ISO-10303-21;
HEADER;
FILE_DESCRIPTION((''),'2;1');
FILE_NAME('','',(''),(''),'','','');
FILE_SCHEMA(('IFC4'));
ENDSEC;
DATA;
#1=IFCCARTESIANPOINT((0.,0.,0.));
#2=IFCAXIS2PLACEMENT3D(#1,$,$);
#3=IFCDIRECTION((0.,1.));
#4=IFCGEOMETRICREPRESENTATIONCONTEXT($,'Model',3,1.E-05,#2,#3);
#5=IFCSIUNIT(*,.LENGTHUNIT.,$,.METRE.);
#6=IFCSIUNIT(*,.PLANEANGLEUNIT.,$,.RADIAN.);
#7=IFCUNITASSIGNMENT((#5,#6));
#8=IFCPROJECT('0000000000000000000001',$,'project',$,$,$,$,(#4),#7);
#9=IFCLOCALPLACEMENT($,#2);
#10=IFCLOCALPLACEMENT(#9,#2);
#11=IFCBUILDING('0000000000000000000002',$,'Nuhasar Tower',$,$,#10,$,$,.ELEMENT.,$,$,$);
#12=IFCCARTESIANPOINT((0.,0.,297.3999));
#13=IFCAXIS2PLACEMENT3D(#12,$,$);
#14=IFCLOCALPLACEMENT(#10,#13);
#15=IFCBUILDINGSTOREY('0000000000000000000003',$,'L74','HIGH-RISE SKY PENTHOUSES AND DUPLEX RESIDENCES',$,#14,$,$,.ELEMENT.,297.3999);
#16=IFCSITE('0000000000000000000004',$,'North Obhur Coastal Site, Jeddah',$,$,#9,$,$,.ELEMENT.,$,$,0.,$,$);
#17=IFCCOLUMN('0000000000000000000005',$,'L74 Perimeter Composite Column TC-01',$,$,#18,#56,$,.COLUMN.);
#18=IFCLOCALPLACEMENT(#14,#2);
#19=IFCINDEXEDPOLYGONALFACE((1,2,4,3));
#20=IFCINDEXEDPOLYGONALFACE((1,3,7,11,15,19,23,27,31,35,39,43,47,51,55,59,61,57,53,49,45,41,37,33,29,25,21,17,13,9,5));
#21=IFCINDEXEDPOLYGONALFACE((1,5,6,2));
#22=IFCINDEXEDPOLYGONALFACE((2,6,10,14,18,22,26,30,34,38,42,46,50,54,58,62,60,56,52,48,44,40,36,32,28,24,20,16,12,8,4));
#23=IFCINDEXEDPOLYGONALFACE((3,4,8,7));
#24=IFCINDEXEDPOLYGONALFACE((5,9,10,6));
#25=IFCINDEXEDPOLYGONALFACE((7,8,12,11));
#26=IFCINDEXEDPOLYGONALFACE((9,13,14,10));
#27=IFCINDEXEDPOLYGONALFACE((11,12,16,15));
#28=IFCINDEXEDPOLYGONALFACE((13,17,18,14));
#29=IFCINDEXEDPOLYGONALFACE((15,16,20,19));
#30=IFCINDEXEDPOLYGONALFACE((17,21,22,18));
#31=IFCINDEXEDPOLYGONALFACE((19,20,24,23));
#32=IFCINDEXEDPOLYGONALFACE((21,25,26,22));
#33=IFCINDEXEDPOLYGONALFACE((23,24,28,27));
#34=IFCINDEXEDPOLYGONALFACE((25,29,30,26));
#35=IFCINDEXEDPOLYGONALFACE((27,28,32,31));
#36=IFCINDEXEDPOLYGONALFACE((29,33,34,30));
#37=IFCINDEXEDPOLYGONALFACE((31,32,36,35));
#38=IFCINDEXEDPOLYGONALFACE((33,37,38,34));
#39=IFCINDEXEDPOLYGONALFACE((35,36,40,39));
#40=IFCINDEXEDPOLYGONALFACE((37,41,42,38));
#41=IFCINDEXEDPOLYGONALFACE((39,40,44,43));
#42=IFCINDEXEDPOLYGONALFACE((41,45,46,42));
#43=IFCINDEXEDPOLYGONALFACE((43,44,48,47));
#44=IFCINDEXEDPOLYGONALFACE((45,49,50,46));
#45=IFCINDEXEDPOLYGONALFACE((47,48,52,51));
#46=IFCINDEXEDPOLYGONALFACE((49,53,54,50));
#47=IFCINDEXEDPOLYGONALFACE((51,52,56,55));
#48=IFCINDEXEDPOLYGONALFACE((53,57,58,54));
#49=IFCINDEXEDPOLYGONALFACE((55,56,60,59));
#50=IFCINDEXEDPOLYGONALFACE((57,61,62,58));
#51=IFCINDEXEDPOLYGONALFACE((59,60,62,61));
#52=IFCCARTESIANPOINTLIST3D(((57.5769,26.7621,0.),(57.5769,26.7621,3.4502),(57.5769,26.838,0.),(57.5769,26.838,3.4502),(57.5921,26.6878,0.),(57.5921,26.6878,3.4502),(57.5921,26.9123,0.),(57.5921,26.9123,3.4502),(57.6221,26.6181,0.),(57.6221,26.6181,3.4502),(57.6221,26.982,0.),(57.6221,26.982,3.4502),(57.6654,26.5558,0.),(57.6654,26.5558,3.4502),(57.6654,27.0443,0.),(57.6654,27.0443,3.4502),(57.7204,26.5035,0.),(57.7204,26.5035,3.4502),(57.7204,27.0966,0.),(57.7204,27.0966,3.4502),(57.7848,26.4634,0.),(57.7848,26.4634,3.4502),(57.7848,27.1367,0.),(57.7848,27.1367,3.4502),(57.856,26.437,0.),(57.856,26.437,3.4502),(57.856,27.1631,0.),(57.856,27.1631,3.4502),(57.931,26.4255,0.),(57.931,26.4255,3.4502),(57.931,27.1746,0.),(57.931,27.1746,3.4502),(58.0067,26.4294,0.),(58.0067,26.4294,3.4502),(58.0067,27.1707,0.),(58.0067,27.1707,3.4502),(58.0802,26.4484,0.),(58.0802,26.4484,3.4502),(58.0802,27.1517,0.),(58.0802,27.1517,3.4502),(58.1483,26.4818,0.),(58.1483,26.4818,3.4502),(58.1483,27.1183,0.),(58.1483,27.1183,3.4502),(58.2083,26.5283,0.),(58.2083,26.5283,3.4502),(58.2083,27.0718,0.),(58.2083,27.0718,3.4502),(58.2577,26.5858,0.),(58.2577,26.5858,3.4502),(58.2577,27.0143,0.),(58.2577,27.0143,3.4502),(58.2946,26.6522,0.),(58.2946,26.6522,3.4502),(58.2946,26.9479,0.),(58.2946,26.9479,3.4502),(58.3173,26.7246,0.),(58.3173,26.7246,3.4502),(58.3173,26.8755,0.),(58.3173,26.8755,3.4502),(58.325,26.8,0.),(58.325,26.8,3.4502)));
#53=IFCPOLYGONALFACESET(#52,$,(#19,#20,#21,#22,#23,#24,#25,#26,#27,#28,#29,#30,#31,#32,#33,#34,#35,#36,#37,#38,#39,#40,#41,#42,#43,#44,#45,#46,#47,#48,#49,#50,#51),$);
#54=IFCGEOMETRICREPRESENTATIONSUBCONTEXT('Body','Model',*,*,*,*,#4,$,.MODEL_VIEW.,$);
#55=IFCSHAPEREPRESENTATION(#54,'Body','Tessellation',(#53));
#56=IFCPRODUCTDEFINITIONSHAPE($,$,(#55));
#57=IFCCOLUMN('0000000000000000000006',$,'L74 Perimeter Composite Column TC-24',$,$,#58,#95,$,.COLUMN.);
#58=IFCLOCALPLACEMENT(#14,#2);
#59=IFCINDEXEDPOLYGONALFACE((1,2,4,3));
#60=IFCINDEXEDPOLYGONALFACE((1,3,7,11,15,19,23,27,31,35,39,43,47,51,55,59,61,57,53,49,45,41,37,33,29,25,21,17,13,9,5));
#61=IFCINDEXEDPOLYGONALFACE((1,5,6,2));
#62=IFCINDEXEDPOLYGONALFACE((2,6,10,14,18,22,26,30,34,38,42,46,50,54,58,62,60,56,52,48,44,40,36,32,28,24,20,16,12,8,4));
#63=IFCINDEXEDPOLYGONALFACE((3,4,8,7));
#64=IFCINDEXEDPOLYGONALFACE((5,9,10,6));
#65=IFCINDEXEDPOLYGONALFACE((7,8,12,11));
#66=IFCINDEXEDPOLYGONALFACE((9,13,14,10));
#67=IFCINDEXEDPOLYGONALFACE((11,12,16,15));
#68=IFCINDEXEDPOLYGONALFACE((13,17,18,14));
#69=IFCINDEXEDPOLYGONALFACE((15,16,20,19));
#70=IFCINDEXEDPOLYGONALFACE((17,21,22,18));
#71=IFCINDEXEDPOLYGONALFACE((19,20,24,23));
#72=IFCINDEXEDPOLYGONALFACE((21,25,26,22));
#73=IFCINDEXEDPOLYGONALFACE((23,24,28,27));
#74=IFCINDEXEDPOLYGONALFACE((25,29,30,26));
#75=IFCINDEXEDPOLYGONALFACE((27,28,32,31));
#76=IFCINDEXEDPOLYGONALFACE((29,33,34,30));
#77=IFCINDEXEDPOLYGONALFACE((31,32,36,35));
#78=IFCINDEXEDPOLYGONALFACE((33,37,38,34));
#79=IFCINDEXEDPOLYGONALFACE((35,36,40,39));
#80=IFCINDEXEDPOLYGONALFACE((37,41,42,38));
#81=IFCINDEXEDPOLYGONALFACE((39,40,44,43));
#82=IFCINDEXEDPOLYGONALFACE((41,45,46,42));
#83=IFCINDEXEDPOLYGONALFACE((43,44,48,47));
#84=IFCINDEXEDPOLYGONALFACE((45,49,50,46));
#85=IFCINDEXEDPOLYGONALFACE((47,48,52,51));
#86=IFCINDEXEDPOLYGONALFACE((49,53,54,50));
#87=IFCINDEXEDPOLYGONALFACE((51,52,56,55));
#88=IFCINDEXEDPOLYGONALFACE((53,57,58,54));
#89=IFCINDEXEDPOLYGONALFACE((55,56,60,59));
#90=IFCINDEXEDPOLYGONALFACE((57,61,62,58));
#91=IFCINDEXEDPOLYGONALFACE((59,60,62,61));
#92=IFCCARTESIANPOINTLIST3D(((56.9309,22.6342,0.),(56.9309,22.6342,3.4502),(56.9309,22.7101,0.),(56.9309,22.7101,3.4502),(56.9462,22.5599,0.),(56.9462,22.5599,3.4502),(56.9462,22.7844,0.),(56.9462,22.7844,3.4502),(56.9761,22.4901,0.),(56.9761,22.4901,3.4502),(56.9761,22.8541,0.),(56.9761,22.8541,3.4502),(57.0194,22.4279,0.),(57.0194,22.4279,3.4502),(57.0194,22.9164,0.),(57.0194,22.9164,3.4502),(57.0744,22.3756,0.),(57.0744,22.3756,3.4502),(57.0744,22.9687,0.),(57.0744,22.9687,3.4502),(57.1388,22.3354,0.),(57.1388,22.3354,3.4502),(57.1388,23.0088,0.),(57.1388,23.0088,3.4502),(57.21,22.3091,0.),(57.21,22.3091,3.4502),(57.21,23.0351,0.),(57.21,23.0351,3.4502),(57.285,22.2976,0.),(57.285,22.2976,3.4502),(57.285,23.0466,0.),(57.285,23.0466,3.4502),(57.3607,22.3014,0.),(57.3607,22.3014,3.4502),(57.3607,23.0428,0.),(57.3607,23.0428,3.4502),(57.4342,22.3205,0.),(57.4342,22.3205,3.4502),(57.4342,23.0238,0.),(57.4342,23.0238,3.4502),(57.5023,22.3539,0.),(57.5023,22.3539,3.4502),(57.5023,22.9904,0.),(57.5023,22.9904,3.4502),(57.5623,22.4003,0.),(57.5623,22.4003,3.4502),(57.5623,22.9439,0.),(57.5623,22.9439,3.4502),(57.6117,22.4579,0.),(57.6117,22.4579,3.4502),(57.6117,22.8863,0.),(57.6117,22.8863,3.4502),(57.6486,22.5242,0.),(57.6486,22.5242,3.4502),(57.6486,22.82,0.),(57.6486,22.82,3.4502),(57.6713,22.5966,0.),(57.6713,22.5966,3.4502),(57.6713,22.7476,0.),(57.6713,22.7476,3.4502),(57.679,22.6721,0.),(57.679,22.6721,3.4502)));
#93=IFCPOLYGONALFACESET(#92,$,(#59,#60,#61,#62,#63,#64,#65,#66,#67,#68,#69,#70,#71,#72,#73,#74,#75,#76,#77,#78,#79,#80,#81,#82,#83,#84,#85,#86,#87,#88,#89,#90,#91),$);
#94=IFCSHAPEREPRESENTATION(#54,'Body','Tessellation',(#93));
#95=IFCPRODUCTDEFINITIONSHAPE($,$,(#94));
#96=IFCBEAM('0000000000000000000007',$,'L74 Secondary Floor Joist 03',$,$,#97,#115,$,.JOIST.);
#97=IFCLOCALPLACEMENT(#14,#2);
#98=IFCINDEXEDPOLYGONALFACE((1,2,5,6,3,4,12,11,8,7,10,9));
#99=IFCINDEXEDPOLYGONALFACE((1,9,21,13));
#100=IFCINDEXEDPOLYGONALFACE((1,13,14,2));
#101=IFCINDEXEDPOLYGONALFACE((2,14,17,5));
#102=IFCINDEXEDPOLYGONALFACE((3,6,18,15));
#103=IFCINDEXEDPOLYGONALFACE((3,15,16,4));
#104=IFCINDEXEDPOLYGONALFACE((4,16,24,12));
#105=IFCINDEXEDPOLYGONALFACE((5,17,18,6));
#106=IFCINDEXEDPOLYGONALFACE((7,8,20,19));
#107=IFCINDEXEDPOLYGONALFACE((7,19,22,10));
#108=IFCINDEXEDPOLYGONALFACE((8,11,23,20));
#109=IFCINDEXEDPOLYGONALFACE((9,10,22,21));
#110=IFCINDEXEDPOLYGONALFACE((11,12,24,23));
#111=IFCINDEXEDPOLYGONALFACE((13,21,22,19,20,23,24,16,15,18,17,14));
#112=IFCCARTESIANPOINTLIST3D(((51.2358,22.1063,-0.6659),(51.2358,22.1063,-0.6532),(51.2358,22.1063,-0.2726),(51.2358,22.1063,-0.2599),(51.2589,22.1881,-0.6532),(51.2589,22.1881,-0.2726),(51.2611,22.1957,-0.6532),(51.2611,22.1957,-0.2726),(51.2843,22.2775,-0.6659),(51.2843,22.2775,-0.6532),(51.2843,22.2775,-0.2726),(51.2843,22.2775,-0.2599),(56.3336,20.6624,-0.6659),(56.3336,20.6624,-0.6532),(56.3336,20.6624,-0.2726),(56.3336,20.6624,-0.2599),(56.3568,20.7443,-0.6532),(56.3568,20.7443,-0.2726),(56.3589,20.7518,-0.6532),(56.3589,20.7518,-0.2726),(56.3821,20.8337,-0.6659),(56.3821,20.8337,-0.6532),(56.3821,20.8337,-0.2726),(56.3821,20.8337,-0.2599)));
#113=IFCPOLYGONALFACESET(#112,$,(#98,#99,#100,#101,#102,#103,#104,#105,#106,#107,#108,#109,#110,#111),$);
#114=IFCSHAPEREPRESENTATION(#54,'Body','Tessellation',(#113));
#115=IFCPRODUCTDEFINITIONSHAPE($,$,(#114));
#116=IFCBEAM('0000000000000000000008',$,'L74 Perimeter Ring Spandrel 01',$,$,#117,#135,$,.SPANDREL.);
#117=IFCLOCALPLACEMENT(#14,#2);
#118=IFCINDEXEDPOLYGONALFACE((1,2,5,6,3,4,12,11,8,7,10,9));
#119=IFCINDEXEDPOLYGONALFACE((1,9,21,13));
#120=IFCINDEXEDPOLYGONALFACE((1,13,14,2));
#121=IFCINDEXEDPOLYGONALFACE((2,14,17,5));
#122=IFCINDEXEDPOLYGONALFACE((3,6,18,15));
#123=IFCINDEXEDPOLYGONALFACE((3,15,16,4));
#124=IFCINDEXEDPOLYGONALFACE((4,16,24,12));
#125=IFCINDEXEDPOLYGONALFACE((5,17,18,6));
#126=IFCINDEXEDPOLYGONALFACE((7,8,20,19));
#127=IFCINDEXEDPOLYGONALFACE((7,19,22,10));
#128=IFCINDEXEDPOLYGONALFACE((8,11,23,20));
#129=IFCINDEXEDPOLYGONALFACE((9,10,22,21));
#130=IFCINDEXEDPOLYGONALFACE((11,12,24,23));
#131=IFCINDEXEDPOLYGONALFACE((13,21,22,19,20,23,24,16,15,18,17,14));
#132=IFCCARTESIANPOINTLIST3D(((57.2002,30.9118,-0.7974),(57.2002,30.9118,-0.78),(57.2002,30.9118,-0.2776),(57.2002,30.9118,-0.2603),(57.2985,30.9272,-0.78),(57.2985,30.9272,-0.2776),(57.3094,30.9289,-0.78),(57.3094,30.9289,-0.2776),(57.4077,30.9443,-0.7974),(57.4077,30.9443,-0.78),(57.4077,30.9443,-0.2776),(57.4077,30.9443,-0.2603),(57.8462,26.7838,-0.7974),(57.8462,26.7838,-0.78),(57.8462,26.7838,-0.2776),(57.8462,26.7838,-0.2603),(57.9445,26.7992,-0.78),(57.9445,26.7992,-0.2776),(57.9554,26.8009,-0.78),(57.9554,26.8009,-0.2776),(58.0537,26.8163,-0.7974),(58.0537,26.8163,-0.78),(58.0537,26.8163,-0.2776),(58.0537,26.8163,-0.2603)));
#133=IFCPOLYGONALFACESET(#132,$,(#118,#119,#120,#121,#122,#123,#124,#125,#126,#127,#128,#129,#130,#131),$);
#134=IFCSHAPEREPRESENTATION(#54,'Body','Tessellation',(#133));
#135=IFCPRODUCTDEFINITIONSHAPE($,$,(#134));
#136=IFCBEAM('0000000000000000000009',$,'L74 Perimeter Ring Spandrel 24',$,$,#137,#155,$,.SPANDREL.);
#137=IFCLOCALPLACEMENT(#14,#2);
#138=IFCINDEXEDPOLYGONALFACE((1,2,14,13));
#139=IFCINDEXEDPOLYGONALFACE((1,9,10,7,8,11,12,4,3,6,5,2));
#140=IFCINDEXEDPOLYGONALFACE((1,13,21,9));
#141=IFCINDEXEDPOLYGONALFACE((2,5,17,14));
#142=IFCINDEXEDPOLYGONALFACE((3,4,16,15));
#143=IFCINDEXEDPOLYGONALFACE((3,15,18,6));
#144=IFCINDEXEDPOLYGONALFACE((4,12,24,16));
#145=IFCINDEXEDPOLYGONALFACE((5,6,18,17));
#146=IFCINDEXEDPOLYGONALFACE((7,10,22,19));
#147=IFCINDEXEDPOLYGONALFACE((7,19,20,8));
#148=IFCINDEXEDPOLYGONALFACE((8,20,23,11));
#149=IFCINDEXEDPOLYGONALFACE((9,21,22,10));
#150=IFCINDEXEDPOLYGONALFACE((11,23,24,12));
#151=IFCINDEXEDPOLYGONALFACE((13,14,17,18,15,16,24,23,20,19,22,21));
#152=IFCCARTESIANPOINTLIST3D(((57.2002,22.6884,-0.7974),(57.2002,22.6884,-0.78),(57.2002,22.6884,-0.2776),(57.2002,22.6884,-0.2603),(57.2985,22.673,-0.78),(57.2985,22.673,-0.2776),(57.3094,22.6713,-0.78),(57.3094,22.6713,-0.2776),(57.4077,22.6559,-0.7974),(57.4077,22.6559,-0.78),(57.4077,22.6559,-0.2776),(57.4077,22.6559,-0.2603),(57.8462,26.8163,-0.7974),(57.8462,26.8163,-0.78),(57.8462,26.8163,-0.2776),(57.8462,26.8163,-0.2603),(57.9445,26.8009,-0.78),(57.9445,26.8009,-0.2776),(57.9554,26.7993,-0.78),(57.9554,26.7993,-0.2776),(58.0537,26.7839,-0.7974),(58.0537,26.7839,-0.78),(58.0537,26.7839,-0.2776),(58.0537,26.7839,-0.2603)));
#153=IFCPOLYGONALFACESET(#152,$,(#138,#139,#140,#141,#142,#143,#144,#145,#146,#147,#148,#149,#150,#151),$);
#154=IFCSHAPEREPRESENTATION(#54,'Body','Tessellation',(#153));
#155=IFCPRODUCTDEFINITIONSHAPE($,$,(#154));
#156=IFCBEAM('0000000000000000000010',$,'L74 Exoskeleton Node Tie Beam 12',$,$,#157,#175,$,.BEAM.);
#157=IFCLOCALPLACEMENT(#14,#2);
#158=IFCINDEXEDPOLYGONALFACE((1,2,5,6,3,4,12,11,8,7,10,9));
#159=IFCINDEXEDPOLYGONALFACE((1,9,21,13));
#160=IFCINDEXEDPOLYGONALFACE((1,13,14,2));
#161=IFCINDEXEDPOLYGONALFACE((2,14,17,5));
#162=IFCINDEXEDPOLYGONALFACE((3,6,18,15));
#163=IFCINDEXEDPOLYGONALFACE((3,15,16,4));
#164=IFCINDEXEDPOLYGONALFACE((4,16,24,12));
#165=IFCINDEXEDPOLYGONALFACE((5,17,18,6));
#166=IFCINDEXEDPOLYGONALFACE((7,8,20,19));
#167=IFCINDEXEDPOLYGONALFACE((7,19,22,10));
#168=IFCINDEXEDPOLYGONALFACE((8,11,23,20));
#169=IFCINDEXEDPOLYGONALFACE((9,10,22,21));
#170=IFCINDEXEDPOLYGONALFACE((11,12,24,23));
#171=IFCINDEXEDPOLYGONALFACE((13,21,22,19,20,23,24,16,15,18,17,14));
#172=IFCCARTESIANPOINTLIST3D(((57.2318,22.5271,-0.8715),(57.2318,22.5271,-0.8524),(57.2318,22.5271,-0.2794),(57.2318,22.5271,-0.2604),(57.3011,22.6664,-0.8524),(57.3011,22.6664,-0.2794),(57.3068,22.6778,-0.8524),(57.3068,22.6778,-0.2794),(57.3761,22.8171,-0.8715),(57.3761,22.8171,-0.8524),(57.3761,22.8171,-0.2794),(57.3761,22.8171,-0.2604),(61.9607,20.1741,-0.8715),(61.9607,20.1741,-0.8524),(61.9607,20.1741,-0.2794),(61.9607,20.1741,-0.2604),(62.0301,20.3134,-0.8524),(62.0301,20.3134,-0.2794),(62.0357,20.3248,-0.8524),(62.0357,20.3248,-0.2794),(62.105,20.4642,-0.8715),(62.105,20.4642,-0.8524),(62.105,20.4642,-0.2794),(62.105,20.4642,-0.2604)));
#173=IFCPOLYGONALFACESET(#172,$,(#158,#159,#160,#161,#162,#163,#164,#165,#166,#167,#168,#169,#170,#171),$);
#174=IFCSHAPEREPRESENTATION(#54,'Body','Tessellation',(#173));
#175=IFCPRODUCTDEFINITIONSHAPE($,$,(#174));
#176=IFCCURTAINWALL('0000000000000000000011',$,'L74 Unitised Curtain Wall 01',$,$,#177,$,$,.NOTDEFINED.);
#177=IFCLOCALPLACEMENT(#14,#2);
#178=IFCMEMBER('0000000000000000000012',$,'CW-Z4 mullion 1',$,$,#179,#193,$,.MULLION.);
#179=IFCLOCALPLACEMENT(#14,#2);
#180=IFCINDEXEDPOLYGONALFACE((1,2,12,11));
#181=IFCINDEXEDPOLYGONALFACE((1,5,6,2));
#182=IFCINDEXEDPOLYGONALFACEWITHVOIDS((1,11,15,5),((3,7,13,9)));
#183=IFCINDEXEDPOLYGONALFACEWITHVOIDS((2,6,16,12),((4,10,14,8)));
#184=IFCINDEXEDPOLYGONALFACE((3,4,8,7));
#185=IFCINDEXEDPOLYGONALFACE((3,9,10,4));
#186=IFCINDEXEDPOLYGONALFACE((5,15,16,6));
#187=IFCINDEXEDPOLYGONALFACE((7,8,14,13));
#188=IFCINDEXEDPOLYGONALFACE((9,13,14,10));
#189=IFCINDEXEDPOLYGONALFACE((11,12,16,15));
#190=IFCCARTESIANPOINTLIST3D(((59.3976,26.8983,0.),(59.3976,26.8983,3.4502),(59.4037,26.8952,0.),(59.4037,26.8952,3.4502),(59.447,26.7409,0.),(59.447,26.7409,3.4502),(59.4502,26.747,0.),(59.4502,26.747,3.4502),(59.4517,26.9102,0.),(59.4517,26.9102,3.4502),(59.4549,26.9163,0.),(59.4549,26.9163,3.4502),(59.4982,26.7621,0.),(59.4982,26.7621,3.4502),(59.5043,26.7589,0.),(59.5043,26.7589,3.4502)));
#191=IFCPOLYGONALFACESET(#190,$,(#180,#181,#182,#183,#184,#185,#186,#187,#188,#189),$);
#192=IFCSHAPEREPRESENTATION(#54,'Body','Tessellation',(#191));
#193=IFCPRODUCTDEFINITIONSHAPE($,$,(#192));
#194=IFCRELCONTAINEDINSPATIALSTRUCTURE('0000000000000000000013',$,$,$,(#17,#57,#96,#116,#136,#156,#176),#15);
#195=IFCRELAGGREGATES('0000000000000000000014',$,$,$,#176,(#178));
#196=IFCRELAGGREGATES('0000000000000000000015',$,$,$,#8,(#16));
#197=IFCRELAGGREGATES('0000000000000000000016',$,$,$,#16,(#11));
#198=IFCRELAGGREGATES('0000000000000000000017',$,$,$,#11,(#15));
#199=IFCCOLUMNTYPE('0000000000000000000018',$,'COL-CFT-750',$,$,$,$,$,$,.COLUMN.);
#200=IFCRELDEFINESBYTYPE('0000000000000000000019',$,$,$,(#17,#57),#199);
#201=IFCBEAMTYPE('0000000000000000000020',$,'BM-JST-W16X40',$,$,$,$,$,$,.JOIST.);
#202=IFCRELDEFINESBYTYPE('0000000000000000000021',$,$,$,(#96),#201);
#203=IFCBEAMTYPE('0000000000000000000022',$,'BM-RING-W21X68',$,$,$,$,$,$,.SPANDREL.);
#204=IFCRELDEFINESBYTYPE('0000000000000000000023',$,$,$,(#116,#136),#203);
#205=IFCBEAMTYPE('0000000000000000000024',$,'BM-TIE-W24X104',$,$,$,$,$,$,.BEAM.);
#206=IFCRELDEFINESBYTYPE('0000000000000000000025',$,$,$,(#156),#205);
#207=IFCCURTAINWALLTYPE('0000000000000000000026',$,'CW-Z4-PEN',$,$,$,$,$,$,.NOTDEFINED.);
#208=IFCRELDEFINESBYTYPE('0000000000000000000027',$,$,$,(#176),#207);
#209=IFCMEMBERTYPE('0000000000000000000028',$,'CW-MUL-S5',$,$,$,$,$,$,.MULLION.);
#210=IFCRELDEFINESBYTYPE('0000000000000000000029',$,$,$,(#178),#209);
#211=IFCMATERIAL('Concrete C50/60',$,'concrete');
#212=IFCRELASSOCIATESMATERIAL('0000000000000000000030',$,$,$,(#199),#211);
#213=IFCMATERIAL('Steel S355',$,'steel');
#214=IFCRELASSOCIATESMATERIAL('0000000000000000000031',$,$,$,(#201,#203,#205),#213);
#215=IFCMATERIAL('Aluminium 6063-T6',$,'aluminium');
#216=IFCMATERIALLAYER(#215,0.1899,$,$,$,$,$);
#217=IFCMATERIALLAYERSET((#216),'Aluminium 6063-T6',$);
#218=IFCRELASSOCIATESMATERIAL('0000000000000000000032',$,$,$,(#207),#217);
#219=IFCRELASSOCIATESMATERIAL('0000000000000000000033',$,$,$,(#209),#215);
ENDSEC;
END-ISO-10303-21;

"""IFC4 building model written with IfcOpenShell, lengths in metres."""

from ifc_helpers import new_model, si_unit, direction, frame, origin, origin_2d, place, context, subcontext, project, spatial, hollow_rectangle, circle, i_section, extrude, material, layer, layer_set, material_profile, profile_set, type_object, element, aggregate, save


model = new_model("IFC4")

# Units and contexts
model_context = context("Model", 3, precision=1e-05, world=origin(), true_north=direction((0.0, 1.0)))
body_context = subcontext(model_context, "Body", "Model", "MODEL_VIEW")
ifc_project = project(units=[si_unit("LENGTHUNIT", "METRE"), si_unit("PLANEANGLEUNIT", "RADIAN")], contexts=[model_context])

# Site, building, storey
site_placement = place(None, origin())
site = spatial("IfcSite", under=ifc_project, at=site_placement, Name="North Obhur Coastal Site, Jeddah", CompositionType="ELEMENT", RefElevation=0.0)
building_placement = place(site_placement, origin())
building = spatial("IfcBuilding", under=site, at=building_placement, Name="Nuhasar Tower", CompositionType="ELEMENT")
storey_placement = place(building_placement, frame((0.0, 0.0, 297.3999)))
storey = spatial("IfcBuildingStorey", under=building, at=storey_placement, Name="L74", Description="HIGH-RISE SKY PENTHOUSES AND DUPLEX RESIDENCES", CompositionType="ELEMENT", Elevation=297.3999)

# Columns
ifc_material_1 = material(Name="Concrete C50/60", Category="concrete")
ifc_material_profile_1 = material_profile(ifc_material_1, circle(Radius=0.375, at=origin_2d()), Name="CFT750")
ifc_profile_set_1 = profile_set([ifc_material_profile_1], Name="Concrete C50/60")
column_type = type_object("IfcColumnType", Name="COL-CFT-750", PredefinedType="COLUMN", material=ifc_profile_set_1)
for number, where, z_axis, x_axis, name in (
    (1, (57.95, 26.8, 0.0), (0.0, 0.0, 1.0), (1.0, 0.0, 0.0), "L74 Perimeter Composite Column TC-01"),
    (2, (57.304, 22.6721, 0.0), (0.0, 0.0, 1.0), (1.0, 0.0, 0.0), "L74 Perimeter Composite Column TC-24"),
):
    element("IfcColumn", number, at=place(storey_placement, frame(where, z_axis=z_axis, x_axis=x_axis)), inside=storey, type_object=column_type, Name=name, PredefinedType="COLUMN", context=body_context, shape_type="SweptSolid", body=[
        extrude(circle(Radius=0.375, at=origin_2d()), origin(), (0.0, 0.0, 1.0), 3.4502),
    ])

# Beams
ifc_material_2 = material(Name="Steel S355", Category="steel")
ifc_material_profile_2 = material_profile(ifc_material_2, i_section(OverallWidth=0.178, OverallDepth=0.406, WebThickness=0.0078, FlangeThickness=0.0127, at=origin_2d()), Name="W16X40")
ifc_profile_set_2 = profile_set([ifc_material_profile_2], Name="Steel S355")
beam_type_1 = type_object("IfcBeamType", Name="BM-JST-W16X40", PredefinedType="JOIST", material=ifc_profile_set_2)
beam_1_placement = place(storey_placement, frame((51.26, 22.1919, -0.4629), z_axis=(0.962154, -0.272505, 0.0), x_axis=(0.272505, 0.962154, 0.0)))
element("IfcBeam", 3, at=beam_1_placement, inside=storey, type_object=beam_type_1, Name="L74 Secondary Floor Joist 03", PredefinedType="JOIST", context=body_context, shape_type="SweptSolid", body=[
    extrude(i_section(OverallWidth=0.178, OverallDepth=0.406, WebThickness=0.0078, FlangeThickness=0.0127, at=origin_2d()), origin(), (0.0, 0.0, 1.0), 5.2983),
])
ifc_material_profile_3 = material_profile(ifc_material_2, i_section(OverallWidth=0.21, OverallDepth=0.5371, WebThickness=0.011, FlangeThickness=0.0173, at=origin_2d()), Name="W21X68")
ifc_profile_set_3 = profile_set([ifc_material_profile_3], Name="Steel S355")
beam_type_2 = type_object("IfcBeamType", Name="BM-RING-W21X68", PredefinedType="SPANDREL", material=ifc_profile_set_3)
for number, where, z_axis, x_axis, name in (
    (4, (57.95, 26.8, -0.5288), (-0.154612, 0.987975, 0.0), (-0.987975, -0.154612, 0.0), "L74 Perimeter Ring Spandrel 01"),
    (5, (57.304, 22.6721, -0.5288), (0.154612, 0.987975, 0.0), (-0.987975, 0.154612, 0.0), "L74 Perimeter Ring Spandrel 24"),
):
    element("IfcBeam", number, at=place(storey_placement, frame(where, z_axis=z_axis, x_axis=x_axis)), inside=storey, type_object=beam_type_2, Name=name, PredefinedType="SPANDREL", context=body_context, shape_type="SweptSolid", body=[
        extrude(i_section(OverallWidth=0.21, OverallDepth=0.5371, WebThickness=0.011, FlangeThickness=0.0173, at=origin_2d()), origin(), (0.0, 0.0, 1.0), 4.1782),
    ])
ifc_material_profile_4 = material_profile(ifc_material_2, i_section(OverallWidth=0.324, OverallDepth=0.6111, WebThickness=0.0127, FlangeThickness=0.019, at=origin_2d()), Name="W24X104")
ifc_profile_set_4 = profile_set([ifc_material_profile_4], Name="Steel S355")
beam_type_3 = type_object("IfcBeamType", Name="BM-TIE-W24X104", PredefinedType="BEAM", material=ifc_profile_set_4)
beam_2_placement = place(storey_placement, frame((57.304, 22.6721, -0.5659), z_axis=(0.895294, -0.445475, 0.0), x_axis=(0.445475, 0.895294, 0.0)))
element("IfcBeam", 6, at=beam_2_placement, inside=storey, type_object=beam_type_3, Name="L74 Exoskeleton Node Tie Beam 12", PredefinedType="BEAM", context=body_context, shape_type="SweptSolid", body=[
    extrude(i_section(OverallWidth=0.324, OverallDepth=0.6111, WebThickness=0.0127, FlangeThickness=0.019, at=origin_2d()), origin(), (0.0, 0.0, 1.0), 5.282),
])

# Curtain wall, member
ifc_material_3 = material(Name="Aluminium 6063-T6", Category="aluminium")
ifc_layer_1 = layer(ifc_material_3, 0.1899)
ifc_layer_set_1 = layer_set([ifc_layer_1], Name="Aluminium 6063-T6")
curtain_wall_type = type_object("IfcCurtainWallType", Name="CW-Z4-PEN", PredefinedType="NOTDEFINED", material=ifc_layer_set_1)
curtain_wall_1_placement = place(storey_placement, origin())
curtain_wall_1 = element("IfcCurtainWall", 7, at=curtain_wall_1_placement, inside=storey, type_object=curtain_wall_type, Name="L74 Unitised Curtain Wall 01", PredefinedType="NOTDEFINED")
ifc_material_profile_5 = material_profile(ifc_material_3, hollow_rectangle(XDim=0.0601, YDim=0.165, WallThickness=0.0049, at=origin_2d()), Name="CWM-5")
ifc_profile_set_5 = profile_set([ifc_material_profile_5], Name="Aluminium 6063-T6")
member_type_1 = type_object("IfcMemberType", Name="CW-MUL-S5", PredefinedType="MULLION", material=ifc_profile_set_5)
member_1_placement = place(storey_placement, frame((59.4509, 26.8286, 0.0), z_axis=(0.0, 0.0, 1.0), x_axis=(-0.954079, -0.299557, 0.0)))
member_1 = element("IfcMember", 8, at=member_1_placement, type_object=member_type_1, Name="CW-Z4 mullion 1", PredefinedType="MULLION", context=body_context, shape_type="SweptSolid", body=[
    extrude(hollow_rectangle(XDim=0.0601, YDim=0.165, WallThickness=0.0049, at=origin_2d()), origin(), (0.0, 0.0, 1.0), 3.4502),
])
aggregate(curtain_wall_1, [member_1])

save(model, "model.ifc")
